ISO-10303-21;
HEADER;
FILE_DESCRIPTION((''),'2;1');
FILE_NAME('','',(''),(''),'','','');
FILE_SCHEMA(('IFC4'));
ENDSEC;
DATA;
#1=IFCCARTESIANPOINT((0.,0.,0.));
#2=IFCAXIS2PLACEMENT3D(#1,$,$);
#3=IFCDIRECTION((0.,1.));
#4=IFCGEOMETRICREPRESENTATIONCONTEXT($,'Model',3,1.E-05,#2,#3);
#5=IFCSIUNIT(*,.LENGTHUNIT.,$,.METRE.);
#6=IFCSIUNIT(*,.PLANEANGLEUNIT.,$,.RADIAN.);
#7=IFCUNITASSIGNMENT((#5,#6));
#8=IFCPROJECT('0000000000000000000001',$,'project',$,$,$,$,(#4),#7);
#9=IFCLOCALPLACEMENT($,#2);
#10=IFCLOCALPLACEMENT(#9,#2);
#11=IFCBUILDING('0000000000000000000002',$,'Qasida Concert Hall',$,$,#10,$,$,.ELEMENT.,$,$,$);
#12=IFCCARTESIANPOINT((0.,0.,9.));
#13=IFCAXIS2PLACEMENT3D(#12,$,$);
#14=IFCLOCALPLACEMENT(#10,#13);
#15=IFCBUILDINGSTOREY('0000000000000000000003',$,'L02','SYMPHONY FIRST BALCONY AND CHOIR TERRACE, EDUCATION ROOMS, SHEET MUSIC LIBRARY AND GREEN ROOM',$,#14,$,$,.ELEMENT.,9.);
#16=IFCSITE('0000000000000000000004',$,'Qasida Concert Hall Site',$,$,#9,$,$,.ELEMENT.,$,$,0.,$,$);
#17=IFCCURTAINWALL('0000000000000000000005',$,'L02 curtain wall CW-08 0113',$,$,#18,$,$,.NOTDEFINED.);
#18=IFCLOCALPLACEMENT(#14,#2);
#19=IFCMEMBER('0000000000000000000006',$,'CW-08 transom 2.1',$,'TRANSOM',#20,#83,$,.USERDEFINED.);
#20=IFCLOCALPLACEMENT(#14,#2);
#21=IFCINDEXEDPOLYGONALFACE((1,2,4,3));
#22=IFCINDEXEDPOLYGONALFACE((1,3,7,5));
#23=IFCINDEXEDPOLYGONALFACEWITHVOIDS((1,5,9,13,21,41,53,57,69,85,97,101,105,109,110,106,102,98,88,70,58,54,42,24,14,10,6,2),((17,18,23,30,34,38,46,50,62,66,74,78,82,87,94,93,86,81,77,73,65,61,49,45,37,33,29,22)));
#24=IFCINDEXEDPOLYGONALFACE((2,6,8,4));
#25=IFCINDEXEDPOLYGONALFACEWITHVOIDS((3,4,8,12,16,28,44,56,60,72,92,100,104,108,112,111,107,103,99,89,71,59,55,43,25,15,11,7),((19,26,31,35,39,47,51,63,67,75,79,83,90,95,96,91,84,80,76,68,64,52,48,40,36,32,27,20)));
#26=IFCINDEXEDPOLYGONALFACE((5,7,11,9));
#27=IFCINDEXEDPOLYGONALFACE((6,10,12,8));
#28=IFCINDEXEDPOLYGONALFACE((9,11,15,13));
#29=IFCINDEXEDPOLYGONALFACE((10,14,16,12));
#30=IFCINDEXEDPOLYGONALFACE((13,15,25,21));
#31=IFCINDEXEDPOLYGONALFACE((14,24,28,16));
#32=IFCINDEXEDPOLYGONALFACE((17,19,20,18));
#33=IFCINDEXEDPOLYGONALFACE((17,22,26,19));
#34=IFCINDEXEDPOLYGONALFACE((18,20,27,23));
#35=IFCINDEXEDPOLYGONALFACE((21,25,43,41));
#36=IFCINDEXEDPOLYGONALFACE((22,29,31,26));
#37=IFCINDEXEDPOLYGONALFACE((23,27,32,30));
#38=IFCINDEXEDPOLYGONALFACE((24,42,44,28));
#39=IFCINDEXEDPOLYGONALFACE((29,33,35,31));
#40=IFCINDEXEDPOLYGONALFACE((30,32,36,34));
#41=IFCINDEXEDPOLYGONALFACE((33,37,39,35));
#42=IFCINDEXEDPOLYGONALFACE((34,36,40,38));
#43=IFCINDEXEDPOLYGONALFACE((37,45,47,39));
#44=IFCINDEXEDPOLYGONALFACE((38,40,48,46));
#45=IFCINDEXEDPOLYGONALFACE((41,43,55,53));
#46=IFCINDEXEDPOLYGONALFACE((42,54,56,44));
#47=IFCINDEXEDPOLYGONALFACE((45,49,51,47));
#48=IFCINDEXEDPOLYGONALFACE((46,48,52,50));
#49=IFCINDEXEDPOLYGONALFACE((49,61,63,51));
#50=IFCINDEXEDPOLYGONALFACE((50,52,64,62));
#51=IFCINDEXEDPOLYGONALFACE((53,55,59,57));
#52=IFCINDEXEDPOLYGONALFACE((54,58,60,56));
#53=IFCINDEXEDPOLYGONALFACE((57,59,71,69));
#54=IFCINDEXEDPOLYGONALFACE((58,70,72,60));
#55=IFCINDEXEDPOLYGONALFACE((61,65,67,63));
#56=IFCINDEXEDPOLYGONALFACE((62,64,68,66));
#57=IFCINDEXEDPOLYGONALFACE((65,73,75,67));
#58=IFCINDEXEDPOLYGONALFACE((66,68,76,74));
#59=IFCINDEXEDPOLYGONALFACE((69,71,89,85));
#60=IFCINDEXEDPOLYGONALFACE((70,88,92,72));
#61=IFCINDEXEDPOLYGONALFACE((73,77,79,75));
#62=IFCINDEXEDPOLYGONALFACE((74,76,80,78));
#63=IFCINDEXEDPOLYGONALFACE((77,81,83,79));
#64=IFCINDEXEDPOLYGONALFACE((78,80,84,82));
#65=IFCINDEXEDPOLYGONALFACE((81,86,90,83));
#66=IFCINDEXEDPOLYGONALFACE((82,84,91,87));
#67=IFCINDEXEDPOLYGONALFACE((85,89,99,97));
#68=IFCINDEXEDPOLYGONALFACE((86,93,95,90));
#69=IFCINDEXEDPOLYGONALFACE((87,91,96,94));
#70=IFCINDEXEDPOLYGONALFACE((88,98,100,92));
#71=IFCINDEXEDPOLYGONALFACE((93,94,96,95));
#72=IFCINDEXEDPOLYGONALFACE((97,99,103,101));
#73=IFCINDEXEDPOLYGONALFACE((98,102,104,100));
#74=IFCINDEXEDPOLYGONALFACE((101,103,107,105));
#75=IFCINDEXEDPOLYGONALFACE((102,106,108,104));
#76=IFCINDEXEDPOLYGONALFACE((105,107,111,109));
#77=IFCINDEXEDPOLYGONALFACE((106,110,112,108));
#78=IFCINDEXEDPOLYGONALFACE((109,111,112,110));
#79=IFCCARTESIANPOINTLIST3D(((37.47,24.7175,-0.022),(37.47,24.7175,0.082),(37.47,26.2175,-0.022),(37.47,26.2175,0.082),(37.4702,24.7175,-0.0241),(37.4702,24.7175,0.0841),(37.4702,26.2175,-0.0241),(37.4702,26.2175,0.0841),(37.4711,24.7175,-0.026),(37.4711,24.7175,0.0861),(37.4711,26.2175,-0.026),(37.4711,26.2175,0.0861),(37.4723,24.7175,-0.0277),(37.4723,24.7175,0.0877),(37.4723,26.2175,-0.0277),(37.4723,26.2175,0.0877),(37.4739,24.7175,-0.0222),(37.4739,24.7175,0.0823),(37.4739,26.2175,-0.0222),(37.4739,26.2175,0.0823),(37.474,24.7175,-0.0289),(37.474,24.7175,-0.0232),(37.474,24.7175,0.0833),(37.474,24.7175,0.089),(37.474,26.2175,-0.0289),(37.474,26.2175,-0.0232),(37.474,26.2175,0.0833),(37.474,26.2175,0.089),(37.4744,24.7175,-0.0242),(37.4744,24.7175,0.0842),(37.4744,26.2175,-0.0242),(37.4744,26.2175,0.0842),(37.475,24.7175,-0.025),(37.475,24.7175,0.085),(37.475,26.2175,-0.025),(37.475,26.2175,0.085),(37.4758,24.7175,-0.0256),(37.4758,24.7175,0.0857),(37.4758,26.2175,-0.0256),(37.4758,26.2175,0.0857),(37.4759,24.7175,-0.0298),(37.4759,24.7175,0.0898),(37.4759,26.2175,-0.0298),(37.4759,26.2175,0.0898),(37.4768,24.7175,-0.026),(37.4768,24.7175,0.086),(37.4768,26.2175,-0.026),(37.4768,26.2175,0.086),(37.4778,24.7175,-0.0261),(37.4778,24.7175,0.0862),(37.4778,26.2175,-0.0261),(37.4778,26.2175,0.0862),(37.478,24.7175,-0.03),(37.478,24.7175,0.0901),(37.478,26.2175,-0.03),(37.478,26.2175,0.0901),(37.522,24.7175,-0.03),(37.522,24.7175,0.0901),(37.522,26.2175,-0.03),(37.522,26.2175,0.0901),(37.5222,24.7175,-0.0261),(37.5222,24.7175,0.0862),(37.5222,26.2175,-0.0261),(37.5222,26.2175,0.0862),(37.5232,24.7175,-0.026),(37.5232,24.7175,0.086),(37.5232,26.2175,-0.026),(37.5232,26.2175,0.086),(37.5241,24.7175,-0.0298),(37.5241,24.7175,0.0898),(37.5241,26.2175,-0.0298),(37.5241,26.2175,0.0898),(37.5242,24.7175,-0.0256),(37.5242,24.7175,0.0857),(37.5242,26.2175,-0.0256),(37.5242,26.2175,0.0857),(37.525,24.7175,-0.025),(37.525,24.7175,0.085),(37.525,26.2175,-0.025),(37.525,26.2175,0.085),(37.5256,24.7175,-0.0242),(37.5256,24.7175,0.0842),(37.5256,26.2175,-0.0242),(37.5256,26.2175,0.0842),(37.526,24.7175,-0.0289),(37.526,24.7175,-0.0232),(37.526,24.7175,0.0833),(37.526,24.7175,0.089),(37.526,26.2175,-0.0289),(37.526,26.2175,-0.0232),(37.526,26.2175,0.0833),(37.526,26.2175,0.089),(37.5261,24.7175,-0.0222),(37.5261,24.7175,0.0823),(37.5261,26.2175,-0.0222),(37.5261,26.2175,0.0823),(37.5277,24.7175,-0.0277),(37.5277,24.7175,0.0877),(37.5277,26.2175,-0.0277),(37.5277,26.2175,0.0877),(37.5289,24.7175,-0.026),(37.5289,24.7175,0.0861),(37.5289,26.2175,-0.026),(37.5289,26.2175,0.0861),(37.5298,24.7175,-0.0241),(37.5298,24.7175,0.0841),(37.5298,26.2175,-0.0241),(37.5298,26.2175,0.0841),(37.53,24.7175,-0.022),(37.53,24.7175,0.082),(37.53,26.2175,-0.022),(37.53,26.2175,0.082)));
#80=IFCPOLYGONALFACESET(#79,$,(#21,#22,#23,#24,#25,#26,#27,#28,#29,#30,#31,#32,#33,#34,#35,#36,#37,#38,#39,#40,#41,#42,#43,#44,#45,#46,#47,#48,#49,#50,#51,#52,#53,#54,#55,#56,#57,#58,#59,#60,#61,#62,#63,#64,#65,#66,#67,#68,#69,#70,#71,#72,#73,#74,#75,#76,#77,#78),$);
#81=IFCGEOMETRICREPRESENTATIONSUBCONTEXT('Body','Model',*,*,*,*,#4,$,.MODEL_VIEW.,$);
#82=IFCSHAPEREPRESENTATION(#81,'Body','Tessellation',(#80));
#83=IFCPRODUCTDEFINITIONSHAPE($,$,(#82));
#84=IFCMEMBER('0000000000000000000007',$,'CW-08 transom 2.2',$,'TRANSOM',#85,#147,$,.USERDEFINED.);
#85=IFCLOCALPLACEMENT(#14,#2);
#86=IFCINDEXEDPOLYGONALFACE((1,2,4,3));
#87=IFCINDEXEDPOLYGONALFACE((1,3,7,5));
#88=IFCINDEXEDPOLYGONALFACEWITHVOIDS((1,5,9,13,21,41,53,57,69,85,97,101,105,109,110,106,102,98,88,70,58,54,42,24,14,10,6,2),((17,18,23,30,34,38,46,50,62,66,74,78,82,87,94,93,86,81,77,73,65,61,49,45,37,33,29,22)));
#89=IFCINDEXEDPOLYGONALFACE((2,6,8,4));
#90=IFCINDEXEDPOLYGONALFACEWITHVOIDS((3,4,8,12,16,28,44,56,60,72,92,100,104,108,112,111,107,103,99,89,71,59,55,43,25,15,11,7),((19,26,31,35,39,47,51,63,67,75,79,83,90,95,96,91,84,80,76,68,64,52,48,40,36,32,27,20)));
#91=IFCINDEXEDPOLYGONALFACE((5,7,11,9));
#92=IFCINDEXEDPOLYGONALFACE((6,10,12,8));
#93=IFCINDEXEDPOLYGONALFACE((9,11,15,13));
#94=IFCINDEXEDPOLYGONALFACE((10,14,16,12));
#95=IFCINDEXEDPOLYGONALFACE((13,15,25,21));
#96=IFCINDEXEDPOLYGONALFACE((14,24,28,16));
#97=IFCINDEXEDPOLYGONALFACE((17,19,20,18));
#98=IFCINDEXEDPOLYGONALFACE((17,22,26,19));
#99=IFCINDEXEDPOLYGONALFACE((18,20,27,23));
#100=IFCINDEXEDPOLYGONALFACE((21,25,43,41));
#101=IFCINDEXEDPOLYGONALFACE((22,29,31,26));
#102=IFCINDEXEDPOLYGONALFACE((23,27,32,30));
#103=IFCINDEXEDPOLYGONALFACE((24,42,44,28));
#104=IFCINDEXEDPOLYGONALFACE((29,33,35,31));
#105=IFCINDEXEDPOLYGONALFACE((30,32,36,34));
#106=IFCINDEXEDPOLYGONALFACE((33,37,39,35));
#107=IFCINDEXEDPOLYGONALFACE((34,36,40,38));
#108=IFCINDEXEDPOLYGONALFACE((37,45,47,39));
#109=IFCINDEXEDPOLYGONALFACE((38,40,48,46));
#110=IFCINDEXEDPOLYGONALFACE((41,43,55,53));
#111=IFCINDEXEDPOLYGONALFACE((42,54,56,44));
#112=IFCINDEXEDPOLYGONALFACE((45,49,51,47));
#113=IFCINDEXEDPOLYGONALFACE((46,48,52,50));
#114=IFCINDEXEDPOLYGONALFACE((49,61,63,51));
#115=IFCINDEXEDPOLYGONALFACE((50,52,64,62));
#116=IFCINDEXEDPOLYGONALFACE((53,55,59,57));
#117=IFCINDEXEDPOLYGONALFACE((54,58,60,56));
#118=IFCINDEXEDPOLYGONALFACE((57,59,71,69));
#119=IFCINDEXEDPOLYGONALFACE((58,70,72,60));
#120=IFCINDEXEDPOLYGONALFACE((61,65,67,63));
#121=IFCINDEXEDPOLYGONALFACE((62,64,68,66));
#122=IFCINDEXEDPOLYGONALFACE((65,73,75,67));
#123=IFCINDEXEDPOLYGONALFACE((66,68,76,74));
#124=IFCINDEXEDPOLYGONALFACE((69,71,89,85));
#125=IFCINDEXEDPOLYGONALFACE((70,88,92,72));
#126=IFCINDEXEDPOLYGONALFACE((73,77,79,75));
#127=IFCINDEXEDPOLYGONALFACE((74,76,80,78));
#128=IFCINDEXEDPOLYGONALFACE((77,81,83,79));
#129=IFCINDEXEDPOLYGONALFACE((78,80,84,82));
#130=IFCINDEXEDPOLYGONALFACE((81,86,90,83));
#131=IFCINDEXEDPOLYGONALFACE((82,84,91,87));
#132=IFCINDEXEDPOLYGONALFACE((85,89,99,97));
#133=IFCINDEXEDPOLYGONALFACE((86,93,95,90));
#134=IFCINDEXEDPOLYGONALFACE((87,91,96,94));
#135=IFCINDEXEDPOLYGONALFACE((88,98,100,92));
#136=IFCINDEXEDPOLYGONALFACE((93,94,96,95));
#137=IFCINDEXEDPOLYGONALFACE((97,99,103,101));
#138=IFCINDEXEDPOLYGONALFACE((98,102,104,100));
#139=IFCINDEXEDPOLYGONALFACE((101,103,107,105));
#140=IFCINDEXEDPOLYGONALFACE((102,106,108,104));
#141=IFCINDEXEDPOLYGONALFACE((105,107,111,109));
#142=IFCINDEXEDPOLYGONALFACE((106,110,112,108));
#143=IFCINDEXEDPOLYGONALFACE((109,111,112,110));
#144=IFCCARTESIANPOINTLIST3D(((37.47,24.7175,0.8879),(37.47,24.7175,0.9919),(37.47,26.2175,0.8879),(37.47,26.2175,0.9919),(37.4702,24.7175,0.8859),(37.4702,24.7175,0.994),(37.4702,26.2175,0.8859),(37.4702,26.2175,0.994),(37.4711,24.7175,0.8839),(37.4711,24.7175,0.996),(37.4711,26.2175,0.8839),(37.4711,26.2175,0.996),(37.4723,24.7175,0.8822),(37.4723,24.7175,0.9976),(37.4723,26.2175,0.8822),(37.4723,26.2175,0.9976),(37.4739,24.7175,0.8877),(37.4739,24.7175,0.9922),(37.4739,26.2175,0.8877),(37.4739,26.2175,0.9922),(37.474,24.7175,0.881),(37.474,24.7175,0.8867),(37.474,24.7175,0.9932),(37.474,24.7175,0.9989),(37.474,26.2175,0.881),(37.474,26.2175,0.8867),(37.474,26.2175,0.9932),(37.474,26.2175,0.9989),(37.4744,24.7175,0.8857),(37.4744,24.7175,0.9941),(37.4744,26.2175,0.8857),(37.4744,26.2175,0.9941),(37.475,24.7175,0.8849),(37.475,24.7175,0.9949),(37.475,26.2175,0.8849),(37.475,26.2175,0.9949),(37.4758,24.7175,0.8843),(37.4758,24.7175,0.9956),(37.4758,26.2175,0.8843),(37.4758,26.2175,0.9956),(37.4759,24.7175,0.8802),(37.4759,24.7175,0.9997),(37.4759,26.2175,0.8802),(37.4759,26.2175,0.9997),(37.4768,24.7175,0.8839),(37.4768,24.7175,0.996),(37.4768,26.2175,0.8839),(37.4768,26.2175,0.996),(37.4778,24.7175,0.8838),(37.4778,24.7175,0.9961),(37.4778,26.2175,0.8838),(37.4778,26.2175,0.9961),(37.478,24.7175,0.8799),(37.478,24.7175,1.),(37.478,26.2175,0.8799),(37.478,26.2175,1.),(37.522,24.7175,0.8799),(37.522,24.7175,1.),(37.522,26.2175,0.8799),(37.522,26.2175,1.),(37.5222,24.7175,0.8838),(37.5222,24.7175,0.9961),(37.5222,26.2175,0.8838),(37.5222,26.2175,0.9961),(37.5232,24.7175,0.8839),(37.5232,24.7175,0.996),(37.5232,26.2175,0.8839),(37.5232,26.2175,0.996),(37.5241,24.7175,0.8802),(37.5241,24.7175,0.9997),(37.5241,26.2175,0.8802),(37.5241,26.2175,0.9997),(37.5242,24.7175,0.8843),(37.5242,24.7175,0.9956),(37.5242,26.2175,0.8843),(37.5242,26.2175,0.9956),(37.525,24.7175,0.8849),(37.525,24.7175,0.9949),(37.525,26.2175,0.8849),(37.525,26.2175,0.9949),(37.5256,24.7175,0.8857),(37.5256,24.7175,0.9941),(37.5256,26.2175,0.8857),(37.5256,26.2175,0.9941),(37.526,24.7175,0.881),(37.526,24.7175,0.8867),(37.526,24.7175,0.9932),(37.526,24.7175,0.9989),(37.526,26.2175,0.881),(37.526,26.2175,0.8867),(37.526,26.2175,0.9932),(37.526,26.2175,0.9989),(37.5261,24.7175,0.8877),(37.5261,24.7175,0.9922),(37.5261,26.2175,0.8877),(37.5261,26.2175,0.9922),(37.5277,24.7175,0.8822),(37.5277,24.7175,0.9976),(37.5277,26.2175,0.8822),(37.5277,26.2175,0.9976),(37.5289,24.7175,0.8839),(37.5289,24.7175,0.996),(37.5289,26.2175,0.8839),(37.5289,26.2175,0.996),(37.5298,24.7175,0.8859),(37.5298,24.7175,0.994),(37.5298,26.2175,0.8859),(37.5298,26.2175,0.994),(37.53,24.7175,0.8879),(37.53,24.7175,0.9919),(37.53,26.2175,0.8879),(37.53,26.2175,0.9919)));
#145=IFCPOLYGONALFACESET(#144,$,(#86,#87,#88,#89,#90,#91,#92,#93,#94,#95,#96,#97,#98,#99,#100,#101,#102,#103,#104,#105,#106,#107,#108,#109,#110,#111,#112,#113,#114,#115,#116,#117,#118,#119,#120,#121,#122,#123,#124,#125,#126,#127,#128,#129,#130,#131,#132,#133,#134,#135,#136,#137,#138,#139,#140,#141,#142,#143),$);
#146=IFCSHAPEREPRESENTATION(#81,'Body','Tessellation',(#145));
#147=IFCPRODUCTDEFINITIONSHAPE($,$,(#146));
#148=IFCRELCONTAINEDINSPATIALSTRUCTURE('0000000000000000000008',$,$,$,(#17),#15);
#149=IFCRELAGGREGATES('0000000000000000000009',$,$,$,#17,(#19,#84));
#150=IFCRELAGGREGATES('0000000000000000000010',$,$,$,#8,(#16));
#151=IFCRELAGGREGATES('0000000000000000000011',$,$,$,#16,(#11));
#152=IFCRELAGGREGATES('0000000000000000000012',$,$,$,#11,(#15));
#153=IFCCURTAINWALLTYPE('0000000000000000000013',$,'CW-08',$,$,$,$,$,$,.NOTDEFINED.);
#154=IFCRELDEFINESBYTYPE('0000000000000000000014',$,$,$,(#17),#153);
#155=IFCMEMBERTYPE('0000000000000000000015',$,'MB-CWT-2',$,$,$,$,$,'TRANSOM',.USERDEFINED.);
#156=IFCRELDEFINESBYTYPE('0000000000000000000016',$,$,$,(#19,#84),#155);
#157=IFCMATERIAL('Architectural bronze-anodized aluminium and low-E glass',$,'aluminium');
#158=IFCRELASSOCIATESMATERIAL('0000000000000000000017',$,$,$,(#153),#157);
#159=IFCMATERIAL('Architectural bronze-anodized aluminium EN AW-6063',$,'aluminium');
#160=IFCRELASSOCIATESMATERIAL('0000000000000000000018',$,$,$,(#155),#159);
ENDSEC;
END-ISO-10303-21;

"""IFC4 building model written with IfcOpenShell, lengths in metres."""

from ifc_helpers import new_model, si_unit, direction, frame, origin, origin_2d, place, context, subcontext, project, spatial, hollow_rectangle, extrude, material, material_profile, profile_set, type_object, element, aggregate, save


model = new_model("IFC4")

# Units and contexts
model_context = context("Model", 3, precision=1e-05, world=origin(), true_north=direction((0.0, 1.0)))
body_context = subcontext(model_context, "Body", "Model", "MODEL_VIEW")
ifc_project = project(units=[si_unit("LENGTHUNIT", "METRE"), si_unit("PLANEANGLEUNIT", "RADIAN")], contexts=[model_context])

# Site, building, storey
site_placement = place(None, origin())
site = spatial("IfcSite", under=ifc_project, at=site_placement, Name="Qasida Concert Hall Site", CompositionType="ELEMENT", RefElevation=0.0)
building_placement = place(site_placement, origin())
building = spatial("IfcBuilding", under=site, at=building_placement, Name="Qasida Concert Hall", CompositionType="ELEMENT")
storey_placement = place(building_placement, frame((0.0, 0.0, 9.0)))
storey = spatial("IfcBuildingStorey", under=building, at=storey_placement, Name="L02", Description="SYMPHONY FIRST BALCONY AND CHOIR TERRACE, EDUCATION ROOMS, SHEET MUSIC LIBRARY AND GREEN ROOM", CompositionType="ELEMENT", Elevation=9.0)

# Curtain wall, members
ifc_material_1 = material(Name="Architectural bronze-anodized aluminium and low-E glass", Category="aluminium")
curtain_wall_type = type_object("IfcCurtainWallType", Name="CW-08", PredefinedType="NOTDEFINED", material=ifc_material_1)
curtain_wall_placement = place(storey_placement, origin())
curtain_wall = element("IfcCurtainWall", 1, at=curtain_wall_placement, inside=storey, type_object=curtain_wall_type, Name="L02 curtain wall CW-08 0113", PredefinedType="NOTDEFINED")
ifc_material_2 = material(Name="Architectural bronze-anodized aluminium EN AW-6063", Category="aluminium")
ifc_material_profile_1 = material_profile(ifc_material_2, hollow_rectangle(XDim=0.0601, YDim=0.1201, WallThickness=0.0039, InnerFilletRadius=0.0039, OuterFilletRadius=0.0081, at=origin_2d()), Name="CWT 120x60x4")
ifc_profile_set_1 = profile_set([ifc_material_profile_1], Name="Architectural bronze-anodized aluminium EN AW-6063")
member_type_1 = type_object("IfcMemberType", Name="MB-CWT-2", ElementType="TRANSOM", PredefinedType="USERDEFINED", material=ifc_profile_set_1)
member_1_placement = place(storey_placement, frame((37.5, 24.7175, 0.03), z_axis=(0.0, 1.0, 0.0), x_axis=(-1.0, 0.0, 0.0)))
member_1 = element("IfcMember", 2, at=member_1_placement, type_object=member_type_1, Name="CW-08 transom 2.1", ObjectType="TRANSOM", PredefinedType="USERDEFINED", context=body_context, shape_type="SweptSolid", body=[
    extrude(hollow_rectangle(XDim=0.0601, YDim=0.1201, WallThickness=0.0039, InnerFilletRadius=0.0039, OuterFilletRadius=0.0081, at=origin_2d()), origin(), (0.0, 0.0, 1.0), 1.5),
])
member_2_placement = place(storey_placement, frame((37.5, 24.7175, 0.9399), z_axis=(0.0, 1.0, 0.0), x_axis=(-1.0, 0.0, 0.0)))
member_2 = element("IfcMember", 3, at=member_2_placement, type_object=member_type_1, Name="CW-08 transom 2.2", ObjectType="TRANSOM", PredefinedType="USERDEFINED", context=body_context, shape_type="SweptSolid", body=[
    extrude(hollow_rectangle(XDim=0.0601, YDim=0.1201, WallThickness=0.0039, InnerFilletRadius=0.0039, OuterFilletRadius=0.0081, at=origin_2d()), origin(), (0.0, 0.0, 1.0), 1.5),
])

aggregate(curtain_wall, [member_1, member_2])

save(model, "model.ifc")
